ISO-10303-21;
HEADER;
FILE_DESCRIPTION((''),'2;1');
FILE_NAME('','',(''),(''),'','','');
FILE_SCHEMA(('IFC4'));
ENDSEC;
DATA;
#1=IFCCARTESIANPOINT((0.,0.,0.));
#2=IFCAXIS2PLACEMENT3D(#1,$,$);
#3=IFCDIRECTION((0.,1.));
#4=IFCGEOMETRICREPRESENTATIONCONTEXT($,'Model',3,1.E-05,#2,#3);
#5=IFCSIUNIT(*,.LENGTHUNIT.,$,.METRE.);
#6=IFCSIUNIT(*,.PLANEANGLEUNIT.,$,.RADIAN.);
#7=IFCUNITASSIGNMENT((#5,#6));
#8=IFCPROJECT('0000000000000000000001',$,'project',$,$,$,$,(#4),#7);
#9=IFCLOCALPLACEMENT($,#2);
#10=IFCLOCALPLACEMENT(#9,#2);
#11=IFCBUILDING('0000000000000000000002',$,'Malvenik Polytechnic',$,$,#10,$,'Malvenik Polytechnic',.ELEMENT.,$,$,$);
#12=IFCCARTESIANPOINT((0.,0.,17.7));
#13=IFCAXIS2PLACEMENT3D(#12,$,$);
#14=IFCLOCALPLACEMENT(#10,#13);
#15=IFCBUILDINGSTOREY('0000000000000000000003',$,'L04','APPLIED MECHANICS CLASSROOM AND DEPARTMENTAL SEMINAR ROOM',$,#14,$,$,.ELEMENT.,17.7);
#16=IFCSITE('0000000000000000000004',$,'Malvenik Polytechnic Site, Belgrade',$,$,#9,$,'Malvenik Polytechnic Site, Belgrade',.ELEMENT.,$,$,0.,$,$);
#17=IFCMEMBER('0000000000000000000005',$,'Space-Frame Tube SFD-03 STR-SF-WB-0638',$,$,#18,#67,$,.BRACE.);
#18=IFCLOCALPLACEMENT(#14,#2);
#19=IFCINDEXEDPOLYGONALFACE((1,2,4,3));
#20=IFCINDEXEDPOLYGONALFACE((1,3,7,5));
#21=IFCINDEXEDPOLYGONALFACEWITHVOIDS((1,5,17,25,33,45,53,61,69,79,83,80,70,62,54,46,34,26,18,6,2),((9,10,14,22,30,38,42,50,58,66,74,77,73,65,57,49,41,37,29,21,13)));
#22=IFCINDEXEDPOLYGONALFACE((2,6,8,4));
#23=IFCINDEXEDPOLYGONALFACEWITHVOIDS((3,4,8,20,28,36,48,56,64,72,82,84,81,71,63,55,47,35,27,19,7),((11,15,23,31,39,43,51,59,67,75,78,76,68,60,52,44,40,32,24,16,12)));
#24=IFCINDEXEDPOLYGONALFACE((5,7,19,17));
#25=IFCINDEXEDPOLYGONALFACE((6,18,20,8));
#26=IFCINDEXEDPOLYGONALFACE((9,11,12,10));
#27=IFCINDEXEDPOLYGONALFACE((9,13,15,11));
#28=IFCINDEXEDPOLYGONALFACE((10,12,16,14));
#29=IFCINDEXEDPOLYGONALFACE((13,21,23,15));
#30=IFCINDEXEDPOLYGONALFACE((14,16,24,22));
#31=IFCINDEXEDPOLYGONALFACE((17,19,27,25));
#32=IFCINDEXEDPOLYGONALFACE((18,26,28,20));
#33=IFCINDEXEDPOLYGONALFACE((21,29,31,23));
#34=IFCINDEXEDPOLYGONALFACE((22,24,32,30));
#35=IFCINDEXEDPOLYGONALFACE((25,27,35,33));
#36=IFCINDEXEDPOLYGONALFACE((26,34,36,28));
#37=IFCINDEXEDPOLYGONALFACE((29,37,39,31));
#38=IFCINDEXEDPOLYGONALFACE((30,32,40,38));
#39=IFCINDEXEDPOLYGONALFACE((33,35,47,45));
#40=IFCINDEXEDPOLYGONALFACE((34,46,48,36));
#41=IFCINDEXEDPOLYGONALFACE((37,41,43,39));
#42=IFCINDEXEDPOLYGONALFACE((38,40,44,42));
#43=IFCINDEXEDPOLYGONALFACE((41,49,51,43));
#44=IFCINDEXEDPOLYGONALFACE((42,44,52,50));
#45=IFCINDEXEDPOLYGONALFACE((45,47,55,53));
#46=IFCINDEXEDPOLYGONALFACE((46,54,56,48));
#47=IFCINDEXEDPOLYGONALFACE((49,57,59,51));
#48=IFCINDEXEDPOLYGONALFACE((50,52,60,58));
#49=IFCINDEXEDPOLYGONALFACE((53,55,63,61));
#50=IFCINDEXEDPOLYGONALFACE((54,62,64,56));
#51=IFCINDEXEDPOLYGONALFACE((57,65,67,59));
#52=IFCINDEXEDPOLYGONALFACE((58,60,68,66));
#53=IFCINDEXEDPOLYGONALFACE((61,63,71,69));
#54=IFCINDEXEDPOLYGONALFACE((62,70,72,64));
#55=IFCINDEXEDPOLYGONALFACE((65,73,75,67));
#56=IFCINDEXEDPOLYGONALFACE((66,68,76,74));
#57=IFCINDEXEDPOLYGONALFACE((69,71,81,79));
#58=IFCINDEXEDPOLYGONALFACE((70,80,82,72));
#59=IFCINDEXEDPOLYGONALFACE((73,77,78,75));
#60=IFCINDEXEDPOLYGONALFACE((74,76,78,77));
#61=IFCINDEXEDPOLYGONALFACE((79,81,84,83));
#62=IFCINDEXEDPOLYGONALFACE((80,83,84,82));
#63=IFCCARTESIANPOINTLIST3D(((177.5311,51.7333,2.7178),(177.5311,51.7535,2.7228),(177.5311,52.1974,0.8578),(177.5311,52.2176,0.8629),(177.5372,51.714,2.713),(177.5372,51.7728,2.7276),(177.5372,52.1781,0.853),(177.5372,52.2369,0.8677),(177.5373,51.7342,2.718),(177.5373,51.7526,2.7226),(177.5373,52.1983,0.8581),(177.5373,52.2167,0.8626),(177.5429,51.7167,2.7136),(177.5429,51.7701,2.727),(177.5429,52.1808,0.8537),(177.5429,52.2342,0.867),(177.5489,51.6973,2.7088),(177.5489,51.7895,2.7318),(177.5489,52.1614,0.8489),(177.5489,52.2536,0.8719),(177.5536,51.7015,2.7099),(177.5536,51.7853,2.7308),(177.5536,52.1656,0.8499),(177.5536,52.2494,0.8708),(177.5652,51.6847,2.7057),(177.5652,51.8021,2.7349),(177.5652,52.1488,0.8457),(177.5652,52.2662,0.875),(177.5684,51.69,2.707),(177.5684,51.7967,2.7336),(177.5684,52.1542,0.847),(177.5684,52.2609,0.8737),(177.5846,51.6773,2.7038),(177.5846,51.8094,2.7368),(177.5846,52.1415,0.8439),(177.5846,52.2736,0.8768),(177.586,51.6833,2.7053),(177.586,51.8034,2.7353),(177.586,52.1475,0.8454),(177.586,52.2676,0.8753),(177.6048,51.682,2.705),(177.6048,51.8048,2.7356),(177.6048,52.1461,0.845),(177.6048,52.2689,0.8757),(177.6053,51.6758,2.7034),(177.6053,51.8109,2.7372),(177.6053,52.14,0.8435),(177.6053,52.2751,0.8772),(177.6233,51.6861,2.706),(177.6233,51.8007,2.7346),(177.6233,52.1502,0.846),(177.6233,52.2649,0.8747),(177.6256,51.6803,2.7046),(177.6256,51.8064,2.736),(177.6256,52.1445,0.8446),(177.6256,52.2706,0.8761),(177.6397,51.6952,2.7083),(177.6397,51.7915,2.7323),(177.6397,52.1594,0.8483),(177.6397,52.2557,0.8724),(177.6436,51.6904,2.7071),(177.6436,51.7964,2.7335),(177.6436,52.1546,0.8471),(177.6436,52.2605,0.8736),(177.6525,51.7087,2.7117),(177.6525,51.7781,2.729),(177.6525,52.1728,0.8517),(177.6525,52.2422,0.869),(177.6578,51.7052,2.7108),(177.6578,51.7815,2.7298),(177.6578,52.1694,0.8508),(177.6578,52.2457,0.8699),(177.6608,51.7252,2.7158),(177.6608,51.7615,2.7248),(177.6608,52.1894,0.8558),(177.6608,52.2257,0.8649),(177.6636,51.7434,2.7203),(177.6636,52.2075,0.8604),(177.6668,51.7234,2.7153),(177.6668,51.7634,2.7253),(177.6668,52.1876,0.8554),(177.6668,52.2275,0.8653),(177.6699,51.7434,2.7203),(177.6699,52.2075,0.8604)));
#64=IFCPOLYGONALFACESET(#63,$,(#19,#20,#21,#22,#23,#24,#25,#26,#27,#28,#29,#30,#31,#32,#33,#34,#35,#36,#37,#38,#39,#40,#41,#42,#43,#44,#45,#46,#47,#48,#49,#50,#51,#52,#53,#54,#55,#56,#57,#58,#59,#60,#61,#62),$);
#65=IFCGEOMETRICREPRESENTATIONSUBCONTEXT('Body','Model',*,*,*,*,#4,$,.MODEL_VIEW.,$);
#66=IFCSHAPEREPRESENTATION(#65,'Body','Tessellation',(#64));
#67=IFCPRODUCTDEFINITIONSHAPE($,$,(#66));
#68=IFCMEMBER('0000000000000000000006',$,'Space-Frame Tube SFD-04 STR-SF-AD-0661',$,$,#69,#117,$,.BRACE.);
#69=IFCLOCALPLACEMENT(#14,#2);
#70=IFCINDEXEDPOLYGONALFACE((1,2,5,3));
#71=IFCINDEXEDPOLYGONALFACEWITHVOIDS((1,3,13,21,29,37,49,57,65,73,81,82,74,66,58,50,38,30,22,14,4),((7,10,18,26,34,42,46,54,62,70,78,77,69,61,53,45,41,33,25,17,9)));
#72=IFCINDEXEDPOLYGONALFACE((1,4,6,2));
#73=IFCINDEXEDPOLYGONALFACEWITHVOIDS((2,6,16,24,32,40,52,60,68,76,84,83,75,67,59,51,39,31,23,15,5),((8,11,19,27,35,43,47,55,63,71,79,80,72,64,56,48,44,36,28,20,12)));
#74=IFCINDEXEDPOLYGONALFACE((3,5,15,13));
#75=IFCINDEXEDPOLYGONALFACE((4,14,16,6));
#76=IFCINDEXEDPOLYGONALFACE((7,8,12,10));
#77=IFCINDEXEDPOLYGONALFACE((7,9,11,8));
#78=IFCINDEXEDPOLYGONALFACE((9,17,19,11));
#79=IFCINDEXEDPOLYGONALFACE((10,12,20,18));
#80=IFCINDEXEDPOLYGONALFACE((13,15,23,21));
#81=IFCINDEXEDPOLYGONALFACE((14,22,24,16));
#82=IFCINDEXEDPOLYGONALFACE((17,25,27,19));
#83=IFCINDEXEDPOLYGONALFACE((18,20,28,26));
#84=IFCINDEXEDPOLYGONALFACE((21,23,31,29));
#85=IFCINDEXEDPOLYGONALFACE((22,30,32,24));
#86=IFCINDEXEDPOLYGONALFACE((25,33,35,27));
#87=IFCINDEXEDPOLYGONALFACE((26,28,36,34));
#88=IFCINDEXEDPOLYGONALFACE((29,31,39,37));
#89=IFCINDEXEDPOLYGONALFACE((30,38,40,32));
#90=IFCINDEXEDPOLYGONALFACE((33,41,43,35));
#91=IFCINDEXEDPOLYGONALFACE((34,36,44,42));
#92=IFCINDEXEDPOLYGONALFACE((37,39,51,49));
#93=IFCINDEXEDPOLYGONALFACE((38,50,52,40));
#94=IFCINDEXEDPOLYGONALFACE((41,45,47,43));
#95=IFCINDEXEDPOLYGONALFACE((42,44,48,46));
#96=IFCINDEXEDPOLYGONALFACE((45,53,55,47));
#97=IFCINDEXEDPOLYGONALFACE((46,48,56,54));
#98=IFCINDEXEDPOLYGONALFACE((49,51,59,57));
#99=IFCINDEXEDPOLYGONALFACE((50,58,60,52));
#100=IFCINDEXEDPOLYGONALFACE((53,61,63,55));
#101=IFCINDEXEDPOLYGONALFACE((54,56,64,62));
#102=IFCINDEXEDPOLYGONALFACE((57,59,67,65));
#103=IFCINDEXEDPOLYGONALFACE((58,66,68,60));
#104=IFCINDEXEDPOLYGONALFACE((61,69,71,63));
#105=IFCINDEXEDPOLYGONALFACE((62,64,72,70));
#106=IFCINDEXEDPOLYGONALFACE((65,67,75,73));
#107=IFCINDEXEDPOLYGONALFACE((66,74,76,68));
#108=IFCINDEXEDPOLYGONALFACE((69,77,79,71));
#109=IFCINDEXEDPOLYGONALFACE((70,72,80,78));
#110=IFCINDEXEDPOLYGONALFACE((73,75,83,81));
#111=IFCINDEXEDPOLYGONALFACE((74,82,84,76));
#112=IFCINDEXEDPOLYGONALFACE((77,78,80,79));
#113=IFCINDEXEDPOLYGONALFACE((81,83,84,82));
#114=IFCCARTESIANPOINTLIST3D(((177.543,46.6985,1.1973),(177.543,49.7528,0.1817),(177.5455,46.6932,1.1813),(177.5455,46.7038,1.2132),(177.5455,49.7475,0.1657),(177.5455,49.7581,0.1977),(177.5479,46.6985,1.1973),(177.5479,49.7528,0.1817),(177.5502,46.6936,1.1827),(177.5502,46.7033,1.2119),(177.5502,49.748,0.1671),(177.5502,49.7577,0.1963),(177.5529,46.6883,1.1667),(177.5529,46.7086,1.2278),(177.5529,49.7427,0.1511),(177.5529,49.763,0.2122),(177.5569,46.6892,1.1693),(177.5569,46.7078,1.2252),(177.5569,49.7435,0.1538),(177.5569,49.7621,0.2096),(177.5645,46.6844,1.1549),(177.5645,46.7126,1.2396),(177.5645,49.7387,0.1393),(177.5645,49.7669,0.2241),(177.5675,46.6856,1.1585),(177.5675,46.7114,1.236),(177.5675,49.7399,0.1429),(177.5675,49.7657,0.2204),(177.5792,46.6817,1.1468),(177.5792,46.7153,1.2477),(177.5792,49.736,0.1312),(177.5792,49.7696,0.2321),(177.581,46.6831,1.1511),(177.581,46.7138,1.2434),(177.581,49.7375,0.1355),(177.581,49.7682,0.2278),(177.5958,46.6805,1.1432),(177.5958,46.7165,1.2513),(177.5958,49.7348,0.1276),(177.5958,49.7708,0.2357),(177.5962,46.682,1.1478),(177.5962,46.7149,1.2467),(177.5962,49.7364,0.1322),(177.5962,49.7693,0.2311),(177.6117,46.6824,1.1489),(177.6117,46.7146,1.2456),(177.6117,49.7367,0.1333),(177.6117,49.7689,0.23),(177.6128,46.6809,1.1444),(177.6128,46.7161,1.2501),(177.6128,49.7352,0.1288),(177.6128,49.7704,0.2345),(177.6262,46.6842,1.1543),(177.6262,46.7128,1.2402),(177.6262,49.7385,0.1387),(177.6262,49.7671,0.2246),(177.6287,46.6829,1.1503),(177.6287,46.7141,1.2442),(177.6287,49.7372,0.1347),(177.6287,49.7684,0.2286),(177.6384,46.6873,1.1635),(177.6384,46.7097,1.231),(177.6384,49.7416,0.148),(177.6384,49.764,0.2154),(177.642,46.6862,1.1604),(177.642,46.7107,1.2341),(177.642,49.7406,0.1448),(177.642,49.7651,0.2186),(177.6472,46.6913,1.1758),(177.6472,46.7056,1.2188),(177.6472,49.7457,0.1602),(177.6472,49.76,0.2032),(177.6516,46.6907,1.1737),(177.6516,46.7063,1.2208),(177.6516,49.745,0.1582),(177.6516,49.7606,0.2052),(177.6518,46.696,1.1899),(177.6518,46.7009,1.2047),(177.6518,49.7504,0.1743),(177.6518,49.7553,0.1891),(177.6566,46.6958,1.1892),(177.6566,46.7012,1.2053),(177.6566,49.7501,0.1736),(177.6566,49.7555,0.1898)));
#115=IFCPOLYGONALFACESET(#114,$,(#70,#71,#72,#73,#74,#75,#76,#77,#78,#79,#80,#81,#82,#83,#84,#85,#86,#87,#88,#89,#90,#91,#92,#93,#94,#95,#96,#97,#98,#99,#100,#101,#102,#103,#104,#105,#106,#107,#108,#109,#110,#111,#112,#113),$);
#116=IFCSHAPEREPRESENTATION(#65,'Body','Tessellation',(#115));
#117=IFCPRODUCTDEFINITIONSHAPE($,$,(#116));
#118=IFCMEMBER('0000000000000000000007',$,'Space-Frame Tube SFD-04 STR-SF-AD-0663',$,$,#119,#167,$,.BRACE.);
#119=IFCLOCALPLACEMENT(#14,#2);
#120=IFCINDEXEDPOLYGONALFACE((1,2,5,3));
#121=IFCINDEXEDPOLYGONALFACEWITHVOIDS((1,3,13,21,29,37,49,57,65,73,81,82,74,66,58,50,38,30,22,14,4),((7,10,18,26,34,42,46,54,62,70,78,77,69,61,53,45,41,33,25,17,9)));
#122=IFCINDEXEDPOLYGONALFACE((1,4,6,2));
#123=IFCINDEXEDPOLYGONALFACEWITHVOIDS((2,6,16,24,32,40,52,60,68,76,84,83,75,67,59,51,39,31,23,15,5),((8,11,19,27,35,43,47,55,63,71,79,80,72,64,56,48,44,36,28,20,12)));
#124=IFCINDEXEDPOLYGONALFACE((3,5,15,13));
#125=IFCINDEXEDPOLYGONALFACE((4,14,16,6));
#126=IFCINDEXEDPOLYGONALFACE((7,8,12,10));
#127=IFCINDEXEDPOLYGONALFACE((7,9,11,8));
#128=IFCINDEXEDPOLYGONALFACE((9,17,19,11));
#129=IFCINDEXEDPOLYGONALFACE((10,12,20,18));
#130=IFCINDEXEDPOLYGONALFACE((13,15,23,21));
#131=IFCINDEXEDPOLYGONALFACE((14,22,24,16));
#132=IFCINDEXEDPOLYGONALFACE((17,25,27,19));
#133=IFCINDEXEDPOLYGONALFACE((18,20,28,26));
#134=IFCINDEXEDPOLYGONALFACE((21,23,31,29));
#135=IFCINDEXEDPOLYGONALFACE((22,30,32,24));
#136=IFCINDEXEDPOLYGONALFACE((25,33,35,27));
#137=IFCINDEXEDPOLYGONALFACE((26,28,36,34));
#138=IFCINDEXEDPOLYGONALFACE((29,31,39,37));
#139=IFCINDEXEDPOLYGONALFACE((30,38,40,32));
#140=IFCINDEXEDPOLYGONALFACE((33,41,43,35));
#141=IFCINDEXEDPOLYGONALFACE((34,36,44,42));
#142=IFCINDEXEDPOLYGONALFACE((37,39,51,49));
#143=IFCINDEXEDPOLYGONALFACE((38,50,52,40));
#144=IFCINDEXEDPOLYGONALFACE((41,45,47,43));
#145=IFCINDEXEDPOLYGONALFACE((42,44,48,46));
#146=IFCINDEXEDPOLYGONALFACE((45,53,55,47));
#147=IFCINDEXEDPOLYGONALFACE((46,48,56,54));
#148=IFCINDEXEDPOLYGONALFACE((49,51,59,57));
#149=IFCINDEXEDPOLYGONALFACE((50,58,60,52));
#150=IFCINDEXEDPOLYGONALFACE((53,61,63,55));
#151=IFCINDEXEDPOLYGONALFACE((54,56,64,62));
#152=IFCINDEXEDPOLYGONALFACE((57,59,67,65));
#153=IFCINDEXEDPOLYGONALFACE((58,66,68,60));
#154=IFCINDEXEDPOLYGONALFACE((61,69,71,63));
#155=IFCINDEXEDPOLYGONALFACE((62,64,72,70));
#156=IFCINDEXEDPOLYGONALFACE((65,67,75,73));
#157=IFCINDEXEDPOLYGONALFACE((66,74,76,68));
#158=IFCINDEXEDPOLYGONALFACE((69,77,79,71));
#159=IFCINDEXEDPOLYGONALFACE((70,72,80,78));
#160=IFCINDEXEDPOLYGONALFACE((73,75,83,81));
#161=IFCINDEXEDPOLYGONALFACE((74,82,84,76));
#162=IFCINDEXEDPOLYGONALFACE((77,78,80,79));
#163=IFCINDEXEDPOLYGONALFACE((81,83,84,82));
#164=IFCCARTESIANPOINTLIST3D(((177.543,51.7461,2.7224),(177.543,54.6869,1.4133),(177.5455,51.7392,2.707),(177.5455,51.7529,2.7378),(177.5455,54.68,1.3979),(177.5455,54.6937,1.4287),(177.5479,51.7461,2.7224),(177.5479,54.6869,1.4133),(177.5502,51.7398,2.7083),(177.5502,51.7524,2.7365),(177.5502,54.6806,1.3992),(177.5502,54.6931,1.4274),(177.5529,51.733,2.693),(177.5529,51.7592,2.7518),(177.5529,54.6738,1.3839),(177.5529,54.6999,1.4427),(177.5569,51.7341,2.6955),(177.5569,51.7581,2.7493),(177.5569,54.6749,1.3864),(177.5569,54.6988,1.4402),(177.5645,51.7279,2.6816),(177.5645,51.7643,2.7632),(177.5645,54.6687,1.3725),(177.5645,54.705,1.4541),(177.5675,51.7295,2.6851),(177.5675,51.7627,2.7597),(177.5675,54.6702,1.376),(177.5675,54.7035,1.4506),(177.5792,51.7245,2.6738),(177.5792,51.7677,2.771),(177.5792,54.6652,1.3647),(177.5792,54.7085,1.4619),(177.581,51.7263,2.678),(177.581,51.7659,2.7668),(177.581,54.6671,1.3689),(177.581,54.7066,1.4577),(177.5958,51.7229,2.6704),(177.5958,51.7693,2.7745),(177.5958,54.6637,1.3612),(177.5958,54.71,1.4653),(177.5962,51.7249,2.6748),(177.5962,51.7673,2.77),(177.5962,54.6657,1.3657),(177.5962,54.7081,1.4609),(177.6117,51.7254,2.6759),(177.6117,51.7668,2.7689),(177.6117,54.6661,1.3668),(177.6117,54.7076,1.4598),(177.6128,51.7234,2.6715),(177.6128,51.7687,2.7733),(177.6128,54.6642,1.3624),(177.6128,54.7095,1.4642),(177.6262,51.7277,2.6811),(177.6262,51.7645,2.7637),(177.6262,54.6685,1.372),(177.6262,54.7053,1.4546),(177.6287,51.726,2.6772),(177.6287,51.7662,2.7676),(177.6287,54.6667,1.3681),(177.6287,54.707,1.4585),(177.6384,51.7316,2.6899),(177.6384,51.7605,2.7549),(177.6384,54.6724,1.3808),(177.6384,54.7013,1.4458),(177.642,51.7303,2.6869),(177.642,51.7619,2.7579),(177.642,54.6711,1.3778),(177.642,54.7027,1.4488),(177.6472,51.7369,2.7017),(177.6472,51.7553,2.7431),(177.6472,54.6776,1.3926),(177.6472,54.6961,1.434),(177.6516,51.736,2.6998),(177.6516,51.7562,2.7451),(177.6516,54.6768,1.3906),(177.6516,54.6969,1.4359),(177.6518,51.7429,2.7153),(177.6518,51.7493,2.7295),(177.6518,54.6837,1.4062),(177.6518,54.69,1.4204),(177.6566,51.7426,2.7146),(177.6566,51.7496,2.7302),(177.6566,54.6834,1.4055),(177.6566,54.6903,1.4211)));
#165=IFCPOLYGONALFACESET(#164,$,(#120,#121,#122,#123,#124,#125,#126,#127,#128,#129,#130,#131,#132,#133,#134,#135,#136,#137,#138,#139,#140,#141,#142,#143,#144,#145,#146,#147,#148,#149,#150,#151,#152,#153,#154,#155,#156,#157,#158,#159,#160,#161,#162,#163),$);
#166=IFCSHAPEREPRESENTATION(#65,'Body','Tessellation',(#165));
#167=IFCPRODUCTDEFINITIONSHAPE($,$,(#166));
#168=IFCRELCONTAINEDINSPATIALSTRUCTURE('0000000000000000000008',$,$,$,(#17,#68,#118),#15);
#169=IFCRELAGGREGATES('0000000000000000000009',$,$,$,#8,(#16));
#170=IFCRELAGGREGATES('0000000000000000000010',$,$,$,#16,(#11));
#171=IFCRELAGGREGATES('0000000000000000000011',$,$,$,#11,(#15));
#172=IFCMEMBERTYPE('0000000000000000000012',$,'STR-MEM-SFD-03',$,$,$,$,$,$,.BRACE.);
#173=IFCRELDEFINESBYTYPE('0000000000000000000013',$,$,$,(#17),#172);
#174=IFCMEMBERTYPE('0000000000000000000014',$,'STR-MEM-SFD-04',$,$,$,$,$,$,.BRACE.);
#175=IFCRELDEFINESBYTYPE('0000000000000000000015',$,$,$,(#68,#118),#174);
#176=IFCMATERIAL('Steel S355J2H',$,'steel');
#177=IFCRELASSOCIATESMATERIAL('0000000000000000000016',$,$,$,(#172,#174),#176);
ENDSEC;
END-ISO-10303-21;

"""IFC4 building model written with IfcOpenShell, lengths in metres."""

from ifc_helpers import new_model, si_unit, direction, frame, origin, origin_2d, place, context, subcontext, project, spatial, hollow_circle, extrude, material, material_profile, profile_set, type_object, element, save


model = new_model("IFC4")

# Units and contexts
model_context = context("Model", 3, precision=1e-05, world=origin(), true_north=direction((0.0, 1.0)))
body_context = subcontext(model_context, "Body", "Model", "MODEL_VIEW")
ifc_project = project(units=[si_unit("LENGTHUNIT", "METRE"), si_unit("PLANEANGLEUNIT", "RADIAN")], contexts=[model_context])

# Site, building, storey
site_placement = place(None, origin())
site = spatial("IfcSite", under=ifc_project, at=site_placement, Name="Malvenik Polytechnic Site, Belgrade", LongName="Malvenik Polytechnic Site, Belgrade", CompositionType="ELEMENT", RefElevation=0.0)
building_placement = place(site_placement, origin())
building = spatial("IfcBuilding", under=site, at=building_placement, Name="Malvenik Polytechnic", LongName="Malvenik Polytechnic", CompositionType="ELEMENT")
storey_placement = place(building_placement, frame((0.0, 0.0, 17.7)))
storey = spatial("IfcBuildingStorey", under=building, at=storey_placement, Name="L04", Description="APPLIED MECHANICS CLASSROOM AND DEPARTMENTAL SEMINAR ROOM", CompositionType="ELEMENT", Elevation=17.7)

# Members
ifc_material = material(Name="Steel S355J2H", Category="steel")
ifc_material_profile_1 = material_profile(ifc_material, hollow_circle(Radius=0.0698, WallThickness=0.0063, at=origin_2d()), Name="CHS 139.7x6.3")
ifc_profile_set_1 = profile_set([ifc_material_profile_1], Name="Steel S355J2H")
member_type_1 = type_object("IfcMemberType", Name="STR-MEM-SFD-03", PredefinedType="BRACE", material=ifc_profile_set_1)
member_1_placement = place(storey_placement, frame((177.6001, 52.2075, 0.8604), z_axis=(0.0, -0.242116, 0.970247), x_axis=(1.0, 0.0, 0.0)))
element("IfcMember", 1, at=member_1_placement, inside=storey, type_object=member_type_1, Name="Space-Frame Tube SFD-03 STR-SF-WB-0638", PredefinedType="BRACE", context=body_context, shape_type="SweptSolid", body=[
    extrude(hollow_circle(Radius=0.0698, WallThickness=0.0063, at=origin_2d()), origin(), (0.0, 0.0, 1.0), 1.917),
])
ifc_material_profile_2 = material_profile(ifc_material, hollow_circle(Radius=0.0571, WallThickness=0.0049, at=origin_2d()), Name="CHS 114.3x5.0")
ifc_profile_set_2 = profile_set([ifc_material_profile_2], Name="Steel S355J2H")
member_type_2 = type_object("IfcMemberType", Name="STR-MEM-SFD-04", PredefinedType="BRACE", material=ifc_profile_set_2)
member_2_placement = place(storey_placement, frame((177.6001, 46.6985, 1.1973), z_axis=(0.0, 0.948918, -0.315522), x_axis=(-1.0, 0.0, 0.0)))
element("IfcMember", 2, at=member_2_placement, inside=storey, type_object=member_type_2, Name="Space-Frame Tube SFD-04 STR-SF-AD-0661", PredefinedType="BRACE", context=body_context, shape_type="SweptSolid", body=[
    extrude(hollow_circle(Radius=0.0571, WallThickness=0.0049, at=origin_2d()), origin(), (0.0, 0.0, 1.0), 3.2188),
])
member_3_placement = place(storey_placement, frame((177.6001, 51.7461, 2.7224), z_axis=(0.0, 0.913567, -0.406687), x_axis=(-1.0, 0.0, 0.0)))
element("IfcMember", 3, at=member_3_placement, inside=storey, type_object=member_type_2, Name="Space-Frame Tube SFD-04 STR-SF-AD-0663", PredefinedType="BRACE", context=body_context, shape_type="SweptSolid", body=[
    extrude(hollow_circle(Radius=0.0571, WallThickness=0.0049, at=origin_2d()), origin(), (0.0, 0.0, 1.0), 3.219),
])

save(model, "model.ifc")
